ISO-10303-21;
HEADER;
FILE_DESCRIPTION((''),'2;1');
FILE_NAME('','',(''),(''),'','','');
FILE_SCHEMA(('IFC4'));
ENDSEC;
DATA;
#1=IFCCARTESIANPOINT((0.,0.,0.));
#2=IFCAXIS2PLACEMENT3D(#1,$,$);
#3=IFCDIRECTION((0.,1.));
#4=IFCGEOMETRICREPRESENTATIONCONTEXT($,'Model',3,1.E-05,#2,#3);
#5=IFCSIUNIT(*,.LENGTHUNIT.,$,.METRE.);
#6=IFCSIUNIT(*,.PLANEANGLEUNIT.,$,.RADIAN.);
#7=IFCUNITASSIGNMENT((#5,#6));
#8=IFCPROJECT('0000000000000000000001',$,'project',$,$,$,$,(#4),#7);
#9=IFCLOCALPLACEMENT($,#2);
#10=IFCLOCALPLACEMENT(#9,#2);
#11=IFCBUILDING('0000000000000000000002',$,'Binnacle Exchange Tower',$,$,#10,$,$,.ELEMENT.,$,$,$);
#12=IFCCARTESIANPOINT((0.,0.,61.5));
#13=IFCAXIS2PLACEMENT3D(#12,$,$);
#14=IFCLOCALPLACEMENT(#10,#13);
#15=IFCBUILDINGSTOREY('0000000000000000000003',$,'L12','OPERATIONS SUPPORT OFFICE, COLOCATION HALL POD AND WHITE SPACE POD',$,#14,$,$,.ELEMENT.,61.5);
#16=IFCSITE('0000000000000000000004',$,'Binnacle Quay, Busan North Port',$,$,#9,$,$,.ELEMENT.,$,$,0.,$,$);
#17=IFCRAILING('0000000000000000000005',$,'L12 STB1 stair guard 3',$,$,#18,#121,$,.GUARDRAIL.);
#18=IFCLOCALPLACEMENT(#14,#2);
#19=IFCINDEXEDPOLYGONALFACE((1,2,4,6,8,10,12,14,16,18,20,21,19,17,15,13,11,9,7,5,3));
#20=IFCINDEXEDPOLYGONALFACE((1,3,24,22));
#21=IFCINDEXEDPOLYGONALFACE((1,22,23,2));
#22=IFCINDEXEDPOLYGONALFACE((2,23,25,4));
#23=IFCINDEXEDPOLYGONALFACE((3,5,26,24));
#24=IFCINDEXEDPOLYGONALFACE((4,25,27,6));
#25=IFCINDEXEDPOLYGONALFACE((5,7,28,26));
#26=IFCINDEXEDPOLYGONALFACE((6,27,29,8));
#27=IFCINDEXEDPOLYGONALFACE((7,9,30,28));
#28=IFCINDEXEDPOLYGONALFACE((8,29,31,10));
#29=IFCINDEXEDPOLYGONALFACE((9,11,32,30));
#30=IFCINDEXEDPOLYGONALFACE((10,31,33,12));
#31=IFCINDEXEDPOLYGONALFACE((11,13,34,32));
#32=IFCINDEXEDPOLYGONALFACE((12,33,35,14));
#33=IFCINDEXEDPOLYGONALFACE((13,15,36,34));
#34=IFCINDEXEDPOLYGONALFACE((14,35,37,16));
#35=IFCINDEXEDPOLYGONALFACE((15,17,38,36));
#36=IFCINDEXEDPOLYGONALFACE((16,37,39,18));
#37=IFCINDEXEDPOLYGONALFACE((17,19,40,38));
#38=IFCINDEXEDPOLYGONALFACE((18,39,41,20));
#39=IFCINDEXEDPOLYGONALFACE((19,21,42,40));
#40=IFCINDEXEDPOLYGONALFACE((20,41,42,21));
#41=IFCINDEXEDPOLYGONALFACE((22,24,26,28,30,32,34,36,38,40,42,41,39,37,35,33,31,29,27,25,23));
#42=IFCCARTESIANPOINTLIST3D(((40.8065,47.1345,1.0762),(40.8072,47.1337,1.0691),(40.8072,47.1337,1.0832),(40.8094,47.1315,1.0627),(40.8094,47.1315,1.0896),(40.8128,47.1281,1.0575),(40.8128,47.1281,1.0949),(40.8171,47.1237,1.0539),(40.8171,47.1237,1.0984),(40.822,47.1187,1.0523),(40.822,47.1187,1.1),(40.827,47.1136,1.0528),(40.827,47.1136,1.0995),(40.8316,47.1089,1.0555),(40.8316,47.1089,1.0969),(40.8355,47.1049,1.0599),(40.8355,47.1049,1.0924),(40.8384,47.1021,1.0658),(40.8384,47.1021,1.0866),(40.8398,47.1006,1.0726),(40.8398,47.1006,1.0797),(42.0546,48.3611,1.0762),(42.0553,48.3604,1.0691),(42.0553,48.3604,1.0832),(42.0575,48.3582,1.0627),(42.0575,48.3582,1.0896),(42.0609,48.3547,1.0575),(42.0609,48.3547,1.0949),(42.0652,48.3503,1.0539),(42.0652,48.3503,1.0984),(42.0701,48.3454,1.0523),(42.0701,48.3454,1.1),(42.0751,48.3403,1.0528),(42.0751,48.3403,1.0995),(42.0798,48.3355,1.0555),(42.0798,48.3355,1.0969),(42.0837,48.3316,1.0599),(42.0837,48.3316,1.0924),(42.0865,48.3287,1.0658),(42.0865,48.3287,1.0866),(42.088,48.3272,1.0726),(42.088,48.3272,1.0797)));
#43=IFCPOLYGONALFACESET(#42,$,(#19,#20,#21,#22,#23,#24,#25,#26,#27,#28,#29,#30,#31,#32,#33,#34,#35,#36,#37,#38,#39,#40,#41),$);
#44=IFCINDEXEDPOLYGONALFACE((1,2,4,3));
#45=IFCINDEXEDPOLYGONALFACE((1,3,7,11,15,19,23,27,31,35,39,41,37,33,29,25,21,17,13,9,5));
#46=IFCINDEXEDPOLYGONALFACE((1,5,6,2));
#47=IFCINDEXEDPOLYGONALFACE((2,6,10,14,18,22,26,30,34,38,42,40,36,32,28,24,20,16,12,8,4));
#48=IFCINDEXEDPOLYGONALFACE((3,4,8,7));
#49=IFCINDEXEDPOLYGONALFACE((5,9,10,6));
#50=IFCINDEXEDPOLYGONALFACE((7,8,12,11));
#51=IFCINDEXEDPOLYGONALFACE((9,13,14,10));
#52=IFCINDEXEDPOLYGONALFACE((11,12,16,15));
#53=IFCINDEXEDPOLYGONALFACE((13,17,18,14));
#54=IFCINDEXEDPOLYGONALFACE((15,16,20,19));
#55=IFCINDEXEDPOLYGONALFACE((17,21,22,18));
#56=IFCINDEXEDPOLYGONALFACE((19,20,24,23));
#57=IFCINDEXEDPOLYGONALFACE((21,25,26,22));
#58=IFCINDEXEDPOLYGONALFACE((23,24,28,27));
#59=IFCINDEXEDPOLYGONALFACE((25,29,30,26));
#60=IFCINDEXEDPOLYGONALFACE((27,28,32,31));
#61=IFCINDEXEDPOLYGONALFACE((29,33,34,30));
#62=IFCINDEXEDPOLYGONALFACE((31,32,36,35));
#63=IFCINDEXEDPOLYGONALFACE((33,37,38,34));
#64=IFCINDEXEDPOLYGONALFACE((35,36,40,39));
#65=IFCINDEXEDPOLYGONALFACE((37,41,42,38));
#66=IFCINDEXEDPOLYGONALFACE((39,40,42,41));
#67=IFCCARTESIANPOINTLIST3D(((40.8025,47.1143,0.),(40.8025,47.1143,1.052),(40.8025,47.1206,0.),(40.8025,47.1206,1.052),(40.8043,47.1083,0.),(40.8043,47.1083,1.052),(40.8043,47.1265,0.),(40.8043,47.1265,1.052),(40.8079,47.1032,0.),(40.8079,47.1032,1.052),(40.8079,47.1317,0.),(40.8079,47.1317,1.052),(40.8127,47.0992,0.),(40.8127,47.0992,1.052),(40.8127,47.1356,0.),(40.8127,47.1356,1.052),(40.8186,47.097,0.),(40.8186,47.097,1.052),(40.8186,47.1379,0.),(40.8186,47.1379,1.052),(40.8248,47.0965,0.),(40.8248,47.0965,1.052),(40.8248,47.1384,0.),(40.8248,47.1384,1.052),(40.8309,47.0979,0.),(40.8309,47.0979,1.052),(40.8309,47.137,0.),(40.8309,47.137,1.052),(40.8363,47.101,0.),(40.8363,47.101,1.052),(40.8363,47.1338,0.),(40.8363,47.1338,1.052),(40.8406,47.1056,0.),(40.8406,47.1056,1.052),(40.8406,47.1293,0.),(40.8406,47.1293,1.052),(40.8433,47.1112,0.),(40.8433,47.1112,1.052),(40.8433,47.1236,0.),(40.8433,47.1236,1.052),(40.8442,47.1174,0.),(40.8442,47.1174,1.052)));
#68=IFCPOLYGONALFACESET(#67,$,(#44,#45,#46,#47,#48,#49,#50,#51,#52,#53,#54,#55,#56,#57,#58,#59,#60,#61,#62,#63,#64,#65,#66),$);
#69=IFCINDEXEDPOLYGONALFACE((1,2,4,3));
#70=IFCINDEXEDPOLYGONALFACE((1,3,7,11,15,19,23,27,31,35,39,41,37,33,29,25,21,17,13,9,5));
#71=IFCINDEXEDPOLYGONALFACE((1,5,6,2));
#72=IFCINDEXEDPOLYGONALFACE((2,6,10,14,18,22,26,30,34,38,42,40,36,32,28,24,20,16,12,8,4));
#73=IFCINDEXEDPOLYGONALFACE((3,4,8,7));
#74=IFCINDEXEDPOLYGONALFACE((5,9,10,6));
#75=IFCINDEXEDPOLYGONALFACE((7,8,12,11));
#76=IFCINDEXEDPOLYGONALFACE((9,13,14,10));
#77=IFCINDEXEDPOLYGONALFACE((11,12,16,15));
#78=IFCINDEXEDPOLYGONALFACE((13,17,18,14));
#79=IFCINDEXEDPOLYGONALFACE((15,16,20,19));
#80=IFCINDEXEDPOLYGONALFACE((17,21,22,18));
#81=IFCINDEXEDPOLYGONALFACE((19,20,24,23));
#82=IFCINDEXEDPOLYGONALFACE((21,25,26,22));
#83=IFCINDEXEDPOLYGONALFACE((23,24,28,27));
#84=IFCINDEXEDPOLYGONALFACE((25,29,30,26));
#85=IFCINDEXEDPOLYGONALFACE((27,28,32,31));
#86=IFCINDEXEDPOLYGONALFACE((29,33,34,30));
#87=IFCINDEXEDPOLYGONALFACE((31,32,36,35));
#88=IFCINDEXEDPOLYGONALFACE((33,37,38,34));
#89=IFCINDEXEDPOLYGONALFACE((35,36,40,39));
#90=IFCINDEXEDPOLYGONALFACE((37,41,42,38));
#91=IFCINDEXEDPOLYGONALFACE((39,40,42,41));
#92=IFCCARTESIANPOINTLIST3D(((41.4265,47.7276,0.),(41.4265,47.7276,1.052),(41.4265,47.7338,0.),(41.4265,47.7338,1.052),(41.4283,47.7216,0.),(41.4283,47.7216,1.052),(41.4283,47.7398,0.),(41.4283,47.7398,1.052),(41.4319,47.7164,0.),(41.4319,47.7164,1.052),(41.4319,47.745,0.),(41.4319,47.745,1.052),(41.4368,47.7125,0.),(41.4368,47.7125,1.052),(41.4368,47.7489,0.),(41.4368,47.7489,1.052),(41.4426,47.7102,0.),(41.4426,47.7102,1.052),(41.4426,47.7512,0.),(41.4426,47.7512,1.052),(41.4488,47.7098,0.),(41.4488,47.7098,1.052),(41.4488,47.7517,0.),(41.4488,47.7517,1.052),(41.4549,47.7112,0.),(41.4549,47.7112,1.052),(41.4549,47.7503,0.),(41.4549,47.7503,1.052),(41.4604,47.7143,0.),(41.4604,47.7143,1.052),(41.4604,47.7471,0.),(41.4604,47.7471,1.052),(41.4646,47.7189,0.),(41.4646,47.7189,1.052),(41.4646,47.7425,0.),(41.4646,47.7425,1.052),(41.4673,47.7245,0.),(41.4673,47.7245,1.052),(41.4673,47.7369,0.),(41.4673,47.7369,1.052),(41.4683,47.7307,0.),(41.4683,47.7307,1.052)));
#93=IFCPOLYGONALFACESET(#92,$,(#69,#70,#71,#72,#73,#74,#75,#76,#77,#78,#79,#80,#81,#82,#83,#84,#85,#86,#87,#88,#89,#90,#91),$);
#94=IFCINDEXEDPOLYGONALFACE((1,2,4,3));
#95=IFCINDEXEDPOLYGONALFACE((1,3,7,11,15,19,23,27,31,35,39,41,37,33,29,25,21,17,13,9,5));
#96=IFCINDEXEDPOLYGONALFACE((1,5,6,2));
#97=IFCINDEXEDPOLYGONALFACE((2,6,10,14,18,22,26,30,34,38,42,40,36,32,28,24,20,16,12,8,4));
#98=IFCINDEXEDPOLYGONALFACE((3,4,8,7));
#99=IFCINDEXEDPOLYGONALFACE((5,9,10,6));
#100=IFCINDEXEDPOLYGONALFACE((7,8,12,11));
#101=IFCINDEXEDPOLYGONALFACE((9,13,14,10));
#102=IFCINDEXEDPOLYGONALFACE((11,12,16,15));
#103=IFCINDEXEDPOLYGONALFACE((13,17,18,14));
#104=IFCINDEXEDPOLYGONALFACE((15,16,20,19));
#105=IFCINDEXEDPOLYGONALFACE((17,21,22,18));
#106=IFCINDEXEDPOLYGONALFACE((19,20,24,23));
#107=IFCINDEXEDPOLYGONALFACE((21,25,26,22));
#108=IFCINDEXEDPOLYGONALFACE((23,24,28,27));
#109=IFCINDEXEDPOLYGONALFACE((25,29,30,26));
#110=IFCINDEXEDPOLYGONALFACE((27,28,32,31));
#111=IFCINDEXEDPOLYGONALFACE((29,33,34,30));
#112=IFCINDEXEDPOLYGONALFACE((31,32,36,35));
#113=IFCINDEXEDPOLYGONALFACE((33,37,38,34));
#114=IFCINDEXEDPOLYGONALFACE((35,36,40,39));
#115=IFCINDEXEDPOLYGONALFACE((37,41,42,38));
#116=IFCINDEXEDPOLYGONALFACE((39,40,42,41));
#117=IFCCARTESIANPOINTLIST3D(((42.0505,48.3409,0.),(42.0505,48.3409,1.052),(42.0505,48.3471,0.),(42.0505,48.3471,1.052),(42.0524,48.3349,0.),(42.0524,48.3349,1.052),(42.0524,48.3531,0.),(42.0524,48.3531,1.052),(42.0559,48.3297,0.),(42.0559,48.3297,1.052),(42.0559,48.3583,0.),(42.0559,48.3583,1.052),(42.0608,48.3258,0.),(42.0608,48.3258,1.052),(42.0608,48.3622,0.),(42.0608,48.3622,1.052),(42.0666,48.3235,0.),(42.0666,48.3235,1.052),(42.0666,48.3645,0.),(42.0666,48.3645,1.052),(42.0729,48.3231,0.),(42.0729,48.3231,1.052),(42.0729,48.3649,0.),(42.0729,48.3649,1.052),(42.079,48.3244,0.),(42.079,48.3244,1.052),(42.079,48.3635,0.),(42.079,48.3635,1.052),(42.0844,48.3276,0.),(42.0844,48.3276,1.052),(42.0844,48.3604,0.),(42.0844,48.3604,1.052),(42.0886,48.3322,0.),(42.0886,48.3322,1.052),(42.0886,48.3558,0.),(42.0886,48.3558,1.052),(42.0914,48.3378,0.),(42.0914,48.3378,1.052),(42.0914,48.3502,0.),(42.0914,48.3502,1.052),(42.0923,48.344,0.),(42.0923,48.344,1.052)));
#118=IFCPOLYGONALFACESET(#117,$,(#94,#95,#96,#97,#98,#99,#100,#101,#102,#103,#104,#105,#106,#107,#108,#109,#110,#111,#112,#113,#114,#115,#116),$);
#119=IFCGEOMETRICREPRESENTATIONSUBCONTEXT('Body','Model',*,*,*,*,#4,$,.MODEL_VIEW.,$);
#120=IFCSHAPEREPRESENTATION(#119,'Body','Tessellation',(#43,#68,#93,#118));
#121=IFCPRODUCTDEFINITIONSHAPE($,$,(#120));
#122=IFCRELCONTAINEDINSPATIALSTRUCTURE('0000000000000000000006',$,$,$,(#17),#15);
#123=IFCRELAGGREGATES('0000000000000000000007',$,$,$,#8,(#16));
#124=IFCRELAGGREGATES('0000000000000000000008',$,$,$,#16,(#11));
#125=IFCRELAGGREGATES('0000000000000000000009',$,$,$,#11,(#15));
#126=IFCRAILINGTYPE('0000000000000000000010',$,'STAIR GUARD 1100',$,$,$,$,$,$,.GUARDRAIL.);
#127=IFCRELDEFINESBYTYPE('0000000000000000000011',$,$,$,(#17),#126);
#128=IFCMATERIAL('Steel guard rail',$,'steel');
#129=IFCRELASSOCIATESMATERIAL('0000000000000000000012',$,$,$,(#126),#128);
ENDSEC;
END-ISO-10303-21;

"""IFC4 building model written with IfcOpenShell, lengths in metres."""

from ifc_helpers import new_model, si_unit, direction, frame, origin, origin_2d, place, context, subcontext, project, spatial, circle, extrude, material, type_object, element, save


model = new_model("IFC4")

# Units and contexts
model_context = context("Model", 3, precision=1e-05, world=origin(), true_north=direction((0.0, 1.0)))
body_context = subcontext(model_context, "Body", "Model", "MODEL_VIEW")
ifc_project = project(units=[si_unit("LENGTHUNIT", "METRE"), si_unit("PLANEANGLEUNIT", "RADIAN")], contexts=[model_context])

# Site, building, storey
site_placement = place(None, origin())
site = spatial("IfcSite", under=ifc_project, at=site_placement, Name="Binnacle Quay, Busan North Port", CompositionType="ELEMENT", RefElevation=0.0)
building_placement = place(site_placement, origin())
building = spatial("IfcBuilding", under=site, at=building_placement, Name="Binnacle Exchange Tower", CompositionType="ELEMENT")
storey_placement = place(building_placement, frame((0.0, 0.0, 61.5)))
storey = spatial("IfcBuildingStorey", under=building, at=storey_placement, Name="L12", Description="OPERATIONS SUPPORT OFFICE, COLOCATION HALL POD AND WHITE SPACE POD", CompositionType="ELEMENT", Elevation=61.5)

# Railing
ifc_material_1 = material(Name="Steel guard rail", Category="steel")
railing_type_1 = type_object("IfcRailingType", Name="STAIR GUARD 1100", PredefinedType="GUARDRAIL", material=ifc_material_1)
railing_1_placement = place(storey_placement, frame((40.8232, 47.1174, 0.0)))
element("IfcRailing", 1, at=railing_1_placement, inside=storey, type_object=railing_type_1, Name="L12 STB1 stair guard 3", PredefinedType="GUARDRAIL", context=body_context, shape_type="SweptSolid", body=[
    extrude(circle(Radius=0.0239, at=origin_2d()), frame((0.0, 0.0, 1.0762), z_axis=(0.713219, 0.700941, 0.0), x_axis=(-0.700941, 0.713219, 0.0)), (0.0, 0.0, 1.0), 1.75),
    extrude(circle(Radius=0.021, at=origin_2d()), origin(), (0.0, 0.0, 1.0), 1.052),
    extrude(circle(Radius=0.021, at=origin_2d()), frame((0.624, 0.6133, 0.0)), (0.0, 0.0, 1.0), 1.052),
    extrude(circle(Radius=0.021, at=origin_2d()), frame((1.248, 1.2266, 0.0)), (0.0, 0.0, 1.0), 1.052),
])

save(model, "model.ifc")
